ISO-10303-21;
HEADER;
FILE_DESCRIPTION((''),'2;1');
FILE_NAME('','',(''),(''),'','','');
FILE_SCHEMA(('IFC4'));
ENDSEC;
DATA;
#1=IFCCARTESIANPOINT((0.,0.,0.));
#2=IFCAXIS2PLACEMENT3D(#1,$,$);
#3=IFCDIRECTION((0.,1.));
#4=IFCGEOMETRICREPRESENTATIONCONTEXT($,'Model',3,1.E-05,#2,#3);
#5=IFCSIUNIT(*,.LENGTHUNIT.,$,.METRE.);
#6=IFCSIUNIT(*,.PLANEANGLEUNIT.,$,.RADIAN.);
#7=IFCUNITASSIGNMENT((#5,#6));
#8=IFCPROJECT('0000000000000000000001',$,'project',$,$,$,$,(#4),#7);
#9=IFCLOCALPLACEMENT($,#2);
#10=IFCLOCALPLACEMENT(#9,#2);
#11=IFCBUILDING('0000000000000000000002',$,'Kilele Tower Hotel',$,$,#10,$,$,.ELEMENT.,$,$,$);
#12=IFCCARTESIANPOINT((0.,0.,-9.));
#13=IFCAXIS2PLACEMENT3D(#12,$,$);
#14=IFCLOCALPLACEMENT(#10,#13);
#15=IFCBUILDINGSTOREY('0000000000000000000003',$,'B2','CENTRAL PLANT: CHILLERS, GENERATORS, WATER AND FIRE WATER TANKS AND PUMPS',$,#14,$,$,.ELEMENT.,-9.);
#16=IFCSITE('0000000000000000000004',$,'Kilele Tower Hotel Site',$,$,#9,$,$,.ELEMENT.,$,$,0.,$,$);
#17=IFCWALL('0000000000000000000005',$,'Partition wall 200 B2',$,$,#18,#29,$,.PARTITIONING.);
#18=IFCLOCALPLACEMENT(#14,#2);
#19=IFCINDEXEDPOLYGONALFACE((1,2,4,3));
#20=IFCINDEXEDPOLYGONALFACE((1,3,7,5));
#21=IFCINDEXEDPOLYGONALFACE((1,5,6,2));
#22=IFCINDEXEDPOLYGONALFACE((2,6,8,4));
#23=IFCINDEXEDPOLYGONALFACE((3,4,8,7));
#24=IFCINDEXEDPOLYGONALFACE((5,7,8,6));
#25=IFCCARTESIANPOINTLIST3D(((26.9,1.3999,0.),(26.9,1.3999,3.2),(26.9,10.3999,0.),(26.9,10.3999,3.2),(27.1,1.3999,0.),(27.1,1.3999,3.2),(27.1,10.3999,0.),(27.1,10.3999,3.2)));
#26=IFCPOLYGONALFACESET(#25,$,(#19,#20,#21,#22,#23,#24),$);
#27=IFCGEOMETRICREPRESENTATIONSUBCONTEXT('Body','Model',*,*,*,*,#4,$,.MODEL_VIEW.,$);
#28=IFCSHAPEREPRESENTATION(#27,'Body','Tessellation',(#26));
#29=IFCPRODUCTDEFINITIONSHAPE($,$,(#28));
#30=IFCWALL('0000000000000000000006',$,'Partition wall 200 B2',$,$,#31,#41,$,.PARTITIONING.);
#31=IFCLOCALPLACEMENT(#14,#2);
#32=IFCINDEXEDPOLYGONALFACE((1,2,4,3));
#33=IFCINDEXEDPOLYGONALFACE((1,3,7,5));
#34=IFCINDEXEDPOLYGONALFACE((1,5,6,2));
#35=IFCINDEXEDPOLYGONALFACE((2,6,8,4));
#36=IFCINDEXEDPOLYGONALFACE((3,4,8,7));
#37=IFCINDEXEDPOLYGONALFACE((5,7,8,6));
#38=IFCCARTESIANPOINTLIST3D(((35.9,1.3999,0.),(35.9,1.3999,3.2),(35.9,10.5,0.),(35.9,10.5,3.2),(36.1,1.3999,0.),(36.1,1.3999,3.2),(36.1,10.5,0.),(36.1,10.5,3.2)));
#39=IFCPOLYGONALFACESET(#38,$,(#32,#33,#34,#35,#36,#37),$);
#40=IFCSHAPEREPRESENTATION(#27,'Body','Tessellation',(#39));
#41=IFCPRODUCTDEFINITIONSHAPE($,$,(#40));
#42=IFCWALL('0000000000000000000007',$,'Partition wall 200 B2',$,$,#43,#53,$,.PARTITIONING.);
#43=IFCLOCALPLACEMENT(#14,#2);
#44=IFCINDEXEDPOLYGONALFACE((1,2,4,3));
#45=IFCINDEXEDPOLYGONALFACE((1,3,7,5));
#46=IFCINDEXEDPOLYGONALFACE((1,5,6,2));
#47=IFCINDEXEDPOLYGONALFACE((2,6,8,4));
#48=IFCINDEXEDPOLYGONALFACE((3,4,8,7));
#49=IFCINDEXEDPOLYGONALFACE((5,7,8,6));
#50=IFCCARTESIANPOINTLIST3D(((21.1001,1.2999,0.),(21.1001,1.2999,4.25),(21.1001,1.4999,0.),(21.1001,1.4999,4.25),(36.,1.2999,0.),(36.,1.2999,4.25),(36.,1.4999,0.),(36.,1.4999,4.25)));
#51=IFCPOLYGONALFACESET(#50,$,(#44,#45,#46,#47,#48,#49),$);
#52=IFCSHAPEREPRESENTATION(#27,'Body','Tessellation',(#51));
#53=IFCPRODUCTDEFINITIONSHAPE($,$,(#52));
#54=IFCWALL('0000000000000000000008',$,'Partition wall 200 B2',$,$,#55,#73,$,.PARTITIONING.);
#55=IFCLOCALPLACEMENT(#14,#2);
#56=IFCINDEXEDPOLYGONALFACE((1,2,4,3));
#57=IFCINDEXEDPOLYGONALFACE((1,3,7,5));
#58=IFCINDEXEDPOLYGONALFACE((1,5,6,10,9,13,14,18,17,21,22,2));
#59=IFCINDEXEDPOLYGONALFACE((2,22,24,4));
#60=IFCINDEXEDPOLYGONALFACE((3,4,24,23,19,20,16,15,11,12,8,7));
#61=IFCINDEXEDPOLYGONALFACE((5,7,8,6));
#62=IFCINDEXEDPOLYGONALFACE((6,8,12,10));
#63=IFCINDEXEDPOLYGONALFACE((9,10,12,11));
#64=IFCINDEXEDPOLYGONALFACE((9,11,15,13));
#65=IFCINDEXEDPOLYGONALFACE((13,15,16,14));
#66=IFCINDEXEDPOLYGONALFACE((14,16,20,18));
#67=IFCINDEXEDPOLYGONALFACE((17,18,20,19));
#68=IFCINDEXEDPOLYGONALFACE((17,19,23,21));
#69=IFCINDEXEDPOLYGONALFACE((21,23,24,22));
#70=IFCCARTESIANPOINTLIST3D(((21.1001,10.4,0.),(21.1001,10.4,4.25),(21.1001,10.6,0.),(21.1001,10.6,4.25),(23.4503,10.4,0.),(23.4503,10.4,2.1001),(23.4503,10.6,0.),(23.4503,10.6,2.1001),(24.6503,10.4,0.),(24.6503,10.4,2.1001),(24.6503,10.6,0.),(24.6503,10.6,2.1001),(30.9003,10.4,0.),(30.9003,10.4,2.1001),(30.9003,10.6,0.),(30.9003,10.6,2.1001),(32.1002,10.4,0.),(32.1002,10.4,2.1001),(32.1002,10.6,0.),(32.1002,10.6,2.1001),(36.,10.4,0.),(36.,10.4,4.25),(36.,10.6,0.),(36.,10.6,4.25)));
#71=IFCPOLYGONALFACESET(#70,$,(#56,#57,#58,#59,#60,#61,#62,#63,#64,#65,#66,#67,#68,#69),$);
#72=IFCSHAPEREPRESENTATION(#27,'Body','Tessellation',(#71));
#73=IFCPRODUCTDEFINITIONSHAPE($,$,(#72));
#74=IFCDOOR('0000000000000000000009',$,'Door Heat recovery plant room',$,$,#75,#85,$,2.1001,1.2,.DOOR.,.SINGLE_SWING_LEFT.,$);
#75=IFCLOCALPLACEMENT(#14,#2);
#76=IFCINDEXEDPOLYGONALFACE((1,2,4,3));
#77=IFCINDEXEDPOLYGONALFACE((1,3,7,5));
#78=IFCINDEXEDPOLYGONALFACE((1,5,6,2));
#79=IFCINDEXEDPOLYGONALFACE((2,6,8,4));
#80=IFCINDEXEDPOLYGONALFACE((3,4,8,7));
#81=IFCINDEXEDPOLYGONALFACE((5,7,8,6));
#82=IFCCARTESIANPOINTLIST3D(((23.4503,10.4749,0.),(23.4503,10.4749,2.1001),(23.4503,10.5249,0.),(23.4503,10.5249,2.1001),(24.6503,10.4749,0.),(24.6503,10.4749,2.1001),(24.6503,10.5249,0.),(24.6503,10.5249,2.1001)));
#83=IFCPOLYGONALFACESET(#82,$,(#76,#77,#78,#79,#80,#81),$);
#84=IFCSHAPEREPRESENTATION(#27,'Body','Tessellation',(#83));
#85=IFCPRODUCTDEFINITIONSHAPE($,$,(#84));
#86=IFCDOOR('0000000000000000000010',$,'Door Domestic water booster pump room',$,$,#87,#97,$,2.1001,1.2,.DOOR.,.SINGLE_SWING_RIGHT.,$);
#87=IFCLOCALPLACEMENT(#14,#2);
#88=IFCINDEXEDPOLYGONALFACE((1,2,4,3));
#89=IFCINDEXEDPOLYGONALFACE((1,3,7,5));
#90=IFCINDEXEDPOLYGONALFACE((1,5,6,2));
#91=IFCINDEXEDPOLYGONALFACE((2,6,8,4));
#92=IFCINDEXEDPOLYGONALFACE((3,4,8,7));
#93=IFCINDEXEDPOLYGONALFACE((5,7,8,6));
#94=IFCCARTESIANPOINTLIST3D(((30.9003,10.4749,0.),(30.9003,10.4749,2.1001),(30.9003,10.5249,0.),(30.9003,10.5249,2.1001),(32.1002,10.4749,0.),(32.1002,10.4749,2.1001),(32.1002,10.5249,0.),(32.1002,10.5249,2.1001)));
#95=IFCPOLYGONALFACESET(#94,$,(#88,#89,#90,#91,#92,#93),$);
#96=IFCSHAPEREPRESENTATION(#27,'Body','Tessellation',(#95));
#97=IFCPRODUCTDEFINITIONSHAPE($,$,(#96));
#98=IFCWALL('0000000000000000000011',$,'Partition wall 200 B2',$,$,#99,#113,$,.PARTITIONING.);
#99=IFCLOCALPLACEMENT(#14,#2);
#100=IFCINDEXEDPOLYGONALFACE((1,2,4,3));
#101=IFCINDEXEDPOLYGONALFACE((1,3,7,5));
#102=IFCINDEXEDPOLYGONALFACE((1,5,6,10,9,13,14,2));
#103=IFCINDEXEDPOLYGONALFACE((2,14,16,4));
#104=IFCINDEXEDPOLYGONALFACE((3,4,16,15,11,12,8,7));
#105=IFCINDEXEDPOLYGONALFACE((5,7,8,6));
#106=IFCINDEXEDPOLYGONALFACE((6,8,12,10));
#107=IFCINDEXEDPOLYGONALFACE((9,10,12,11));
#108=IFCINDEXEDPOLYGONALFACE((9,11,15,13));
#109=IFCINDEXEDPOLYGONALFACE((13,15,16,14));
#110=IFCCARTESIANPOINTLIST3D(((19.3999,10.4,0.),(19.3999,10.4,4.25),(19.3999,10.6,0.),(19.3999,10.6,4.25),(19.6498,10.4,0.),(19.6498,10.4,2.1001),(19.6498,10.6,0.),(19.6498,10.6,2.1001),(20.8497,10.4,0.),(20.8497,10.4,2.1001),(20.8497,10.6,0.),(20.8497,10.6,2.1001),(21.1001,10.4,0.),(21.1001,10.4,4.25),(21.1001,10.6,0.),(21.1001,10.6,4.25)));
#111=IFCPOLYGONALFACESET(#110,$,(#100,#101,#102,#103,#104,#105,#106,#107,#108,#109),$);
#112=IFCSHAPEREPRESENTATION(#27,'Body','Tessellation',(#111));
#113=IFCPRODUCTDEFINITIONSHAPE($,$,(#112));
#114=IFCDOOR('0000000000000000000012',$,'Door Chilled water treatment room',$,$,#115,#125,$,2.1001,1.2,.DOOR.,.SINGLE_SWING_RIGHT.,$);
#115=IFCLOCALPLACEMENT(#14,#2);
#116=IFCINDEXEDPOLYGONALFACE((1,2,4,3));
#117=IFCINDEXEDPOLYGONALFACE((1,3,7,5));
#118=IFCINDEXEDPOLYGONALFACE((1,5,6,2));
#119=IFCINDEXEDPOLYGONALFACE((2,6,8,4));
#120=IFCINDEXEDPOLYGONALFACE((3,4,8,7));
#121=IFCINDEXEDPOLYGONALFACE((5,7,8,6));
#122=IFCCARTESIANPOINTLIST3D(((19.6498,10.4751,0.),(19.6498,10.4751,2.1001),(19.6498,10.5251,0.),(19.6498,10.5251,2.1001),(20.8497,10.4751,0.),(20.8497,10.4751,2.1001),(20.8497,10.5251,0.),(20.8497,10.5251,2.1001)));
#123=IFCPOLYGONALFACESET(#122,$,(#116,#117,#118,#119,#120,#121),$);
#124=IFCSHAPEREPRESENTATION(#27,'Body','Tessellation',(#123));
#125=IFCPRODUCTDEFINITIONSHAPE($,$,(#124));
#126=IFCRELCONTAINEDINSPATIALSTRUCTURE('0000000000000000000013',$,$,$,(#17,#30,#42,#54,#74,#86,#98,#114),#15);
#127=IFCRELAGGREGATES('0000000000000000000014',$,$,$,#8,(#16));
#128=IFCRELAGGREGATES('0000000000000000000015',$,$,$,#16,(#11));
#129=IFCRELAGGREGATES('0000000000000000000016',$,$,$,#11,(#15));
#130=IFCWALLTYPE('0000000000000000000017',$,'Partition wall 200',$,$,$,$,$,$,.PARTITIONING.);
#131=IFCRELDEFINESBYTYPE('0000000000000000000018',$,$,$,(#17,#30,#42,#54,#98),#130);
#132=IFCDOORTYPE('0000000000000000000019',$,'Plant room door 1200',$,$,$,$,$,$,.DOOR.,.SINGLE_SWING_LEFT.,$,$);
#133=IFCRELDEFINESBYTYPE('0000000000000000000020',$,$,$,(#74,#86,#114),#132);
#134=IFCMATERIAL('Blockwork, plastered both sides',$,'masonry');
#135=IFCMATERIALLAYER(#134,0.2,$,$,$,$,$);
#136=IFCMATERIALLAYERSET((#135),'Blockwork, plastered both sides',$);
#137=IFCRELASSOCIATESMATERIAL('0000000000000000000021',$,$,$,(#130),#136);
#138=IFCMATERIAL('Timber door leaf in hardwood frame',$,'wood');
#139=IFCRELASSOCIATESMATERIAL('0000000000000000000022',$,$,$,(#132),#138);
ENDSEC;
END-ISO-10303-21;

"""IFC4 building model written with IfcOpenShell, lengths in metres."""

from ifc_helpers import new_model, si_unit, direction, frame, frame_2d, origin, place, context, subcontext, project, spatial, rectangle, extrude, material, layer, layer_set, type_object, element, fill, save


model = new_model("IFC4")

# Units and contexts
model_context = context("Model", 3, precision=1e-05, world=origin(), true_north=direction((0.0, 1.0)))
body_context = subcontext(model_context, "Body", "Model", "MODEL_VIEW")
ifc_project = project(units=[si_unit("LENGTHUNIT", "METRE"), si_unit("PLANEANGLEUNIT", "RADIAN")], contexts=[model_context])

# Site, building, storey
site_placement = place(None, origin())
site = spatial("IfcSite", under=ifc_project, at=site_placement, Name="Kilele Tower Hotel Site", CompositionType="ELEMENT", RefElevation=0.0)
building_placement = place(site_placement, origin())
building = spatial("IfcBuilding", under=site, at=building_placement, Name="Kilele Tower Hotel", CompositionType="ELEMENT")
storey_placement = place(building_placement, frame((0.0, 0.0, -9.0)))
storey = spatial("IfcBuildingStorey", under=building, at=storey_placement, Name="B2", Description="CENTRAL PLANT: CHILLERS, GENERATORS, WATER AND FIRE WATER TANKS AND PUMPS", CompositionType="ELEMENT", Elevation=-9.0)

# Walls
ifc_material_1 = material(Name="Blockwork, plastered both sides", Category="masonry")
ifc_layer = layer(ifc_material_1, 0.2)
ifc_layer_set = layer_set([ifc_layer], Name="Blockwork, plastered both sides")
wall_type = type_object("IfcWallType", Name="Partition wall 200", PredefinedType="PARTITIONING", material=ifc_layer_set)
wall_1_placement = place(storey_placement, frame((27.0, 1.3999, 0.0), z_axis=(0.0, 0.0, 1.0), x_axis=(0.0, 1.0, 0.0)))
element("IfcWall", 1, at=wall_1_placement, inside=storey, type_object=wall_type, Name="Partition wall 200 B2", PredefinedType="PARTITIONING", context=body_context, shape_type="SweptSolid", body=[
    extrude(rectangle(XDim=9.0, YDim=0.2, at=frame_2d((4.5, 0.0))), origin(), (0.0, 0.0, 1.0), 3.2),
])
wall_2_placement = place(storey_placement, frame((36.0, 1.3999, 0.0), z_axis=(0.0, 0.0, 1.0), x_axis=(0.0, 1.0, 0.0)))
element("IfcWall", 2, at=wall_2_placement, inside=storey, type_object=wall_type, Name="Partition wall 200 B2", PredefinedType="PARTITIONING", context=body_context, shape_type="SweptSolid", body=[
    extrude(rectangle(XDim=9.1001, YDim=0.2, at=frame_2d((4.55, 0.0))), origin(), (0.0, 0.0, 1.0), 3.2),
])
wall_3_placement = place(storey_placement, frame((21.1001, 1.3999, 0.0), z_axis=(0.0, 0.0, 1.0), x_axis=(1.0, 0.0, 0.0)))
element("IfcWall", 3, at=wall_3_placement, inside=storey, type_object=wall_type, Name="Partition wall 200 B2", PredefinedType="PARTITIONING", context=body_context, shape_type="SweptSolid", body=[
    extrude(rectangle(XDim=14.8999, YDim=0.2, at=frame_2d((7.45, 0.0))), origin(), (0.0, 0.0, 1.0), 4.25),
])

# Wall, openings, doors
wall_4_placement = place(storey_placement, frame((21.1001, 10.5, 0.0), z_axis=(0.0, 0.0, 1.0), x_axis=(1.0, 0.0, 0.0)))
wall_4 = element("IfcWall", 4, at=wall_4_placement, inside=storey, type_object=wall_type, Name="Partition wall 200 B2", PredefinedType="PARTITIONING", context=body_context, shape_type="SweptSolid", body=[
    extrude(rectangle(XDim=14.8999, YDim=0.2, at=frame_2d((7.45, 0.0))), origin(), (0.0, 0.0, 1.0), 4.25),
])
opening_1_placement = place(wall_4_placement, frame((2.3501, 0.0, 0.0)))
opening_1 = element("IfcOpeningElement", 5, at=opening_1_placement, cuts=wall_4, PredefinedType="OPENING", context=body_context, shape_type="SweptSolid", body=[
    extrude(rectangle(XDim=1.2, YDim=2.1001, at=frame_2d((0.6001, 1.05))), frame((0.0, 0.1099, 0.0), z_axis=(0.0, -1.0, 0.0), x_axis=(1.0, 0.0, 0.0)), (0.0, 0.0, 1.0), 0.22),
])
opening_2_placement = place(wall_4_placement, frame((9.8, 0.0, 0.0)))
opening_2 = element("IfcOpeningElement", 6, at=opening_2_placement, cuts=wall_4, PredefinedType="OPENING", context=body_context, shape_type="SweptSolid", body=[
    extrude(rectangle(XDim=1.2, YDim=2.1001, at=frame_2d((0.6001, 1.05))), frame((0.0, 0.1099, 0.0), z_axis=(0.0, -1.0, 0.0), x_axis=(1.0, 0.0, 0.0)), (0.0, 0.0, 1.0), 0.22),
])
ifc_material_2 = material(Name="Timber door leaf in hardwood frame", Category="wood")
door_type = type_object("IfcDoorType", Name="Plant room door 1200", OperationType="SINGLE_SWING_LEFT", PredefinedType="DOOR", material=ifc_material_2)
door_1_placement = place(opening_1_placement, origin())
door_1 = element("IfcDoor", 7, at=door_1_placement, inside=storey, type_object=door_type, Name="Door Heat recovery plant room", OperationType="SINGLE_SWING_LEFT", OverallHeight=2.1001, OverallWidth=1.2, PredefinedType="DOOR", context=body_context, shape_type="SweptSolid", body=[
    extrude(rectangle(XDim=1.2, YDim=2.1001, at=frame_2d((0.6001, 1.05))), frame((0.0, 0.0249, 0.0), z_axis=(0.0, -1.0, 0.0), x_axis=(1.0, 0.0, 0.0)), (0.0, 0.0, 1.0), 0.05),
])
fill(opening_1, door_1)
door_2_placement = place(opening_2_placement, origin())
door_2 = element("IfcDoor", 8, at=door_2_placement, inside=storey, type_object=door_type, Name="Door Domestic water booster pump room", OperationType="SINGLE_SWING_RIGHT", OverallHeight=2.1001, OverallWidth=1.2, PredefinedType="DOOR", context=body_context, shape_type="SweptSolid", body=[
    extrude(rectangle(XDim=1.2, YDim=2.1001, at=frame_2d((0.6001, 1.05))), frame((0.0, 0.0249, 0.0), z_axis=(0.0, -1.0, 0.0), x_axis=(1.0, 0.0, 0.0)), (0.0, 0.0, 1.0), 0.05),
])
fill(opening_2, door_2)

# Wall, opening, door
wall_5_placement = place(storey_placement, frame((19.3999, 10.5, 0.0), z_axis=(0.0, 0.0, 1.0), x_axis=(1.0, 0.0, 0.0)))
wall_5 = element("IfcWall", 9, at=wall_5_placement, inside=storey, type_object=wall_type, Name="Partition wall 200 B2", PredefinedType="PARTITIONING", context=body_context, shape_type="SweptSolid", body=[
    extrude(rectangle(XDim=1.7002, YDim=0.2, at=frame_2d((0.8501, 0.0))), origin(), (0.0, 0.0, 1.0), 4.25),
])
opening_3_placement = place(wall_5_placement, frame((1.45, 0.0, 0.0), z_axis=(0.0, 0.0, 1.0), x_axis=(-1.0, 0.0, 0.0)))
opening_3 = element("IfcOpeningElement", 10, at=opening_3_placement, cuts=wall_5, PredefinedType="OPENING", context=body_context, shape_type="SweptSolid", body=[
    extrude(rectangle(XDim=1.2, YDim=2.1001, at=frame_2d((0.6001, 1.05))), frame((0.0, 0.1099, 0.0), z_axis=(0.0, -1.0, 0.0), x_axis=(1.0, 0.0, 0.0)), (0.0, 0.0, 1.0), 0.22),
])
door_3_placement = place(opening_3_placement, origin())
door_3 = element("IfcDoor", 11, at=door_3_placement, inside=storey, type_object=door_type, Name="Door Chilled water treatment room", OperationType="SINGLE_SWING_RIGHT", OverallHeight=2.1001, OverallWidth=1.2, PredefinedType="DOOR", context=body_context, shape_type="SweptSolid", body=[
    extrude(rectangle(XDim=1.2, YDim=2.1001, at=frame_2d((0.6001, 1.05))), frame((0.0, 0.0249, 0.0), z_axis=(0.0, -1.0, 0.0), x_axis=(1.0, 0.0, 0.0)), (0.0, 0.0, 1.0), 0.05),
])
fill(opening_3, door_3)

save(model, "model.ifc")
